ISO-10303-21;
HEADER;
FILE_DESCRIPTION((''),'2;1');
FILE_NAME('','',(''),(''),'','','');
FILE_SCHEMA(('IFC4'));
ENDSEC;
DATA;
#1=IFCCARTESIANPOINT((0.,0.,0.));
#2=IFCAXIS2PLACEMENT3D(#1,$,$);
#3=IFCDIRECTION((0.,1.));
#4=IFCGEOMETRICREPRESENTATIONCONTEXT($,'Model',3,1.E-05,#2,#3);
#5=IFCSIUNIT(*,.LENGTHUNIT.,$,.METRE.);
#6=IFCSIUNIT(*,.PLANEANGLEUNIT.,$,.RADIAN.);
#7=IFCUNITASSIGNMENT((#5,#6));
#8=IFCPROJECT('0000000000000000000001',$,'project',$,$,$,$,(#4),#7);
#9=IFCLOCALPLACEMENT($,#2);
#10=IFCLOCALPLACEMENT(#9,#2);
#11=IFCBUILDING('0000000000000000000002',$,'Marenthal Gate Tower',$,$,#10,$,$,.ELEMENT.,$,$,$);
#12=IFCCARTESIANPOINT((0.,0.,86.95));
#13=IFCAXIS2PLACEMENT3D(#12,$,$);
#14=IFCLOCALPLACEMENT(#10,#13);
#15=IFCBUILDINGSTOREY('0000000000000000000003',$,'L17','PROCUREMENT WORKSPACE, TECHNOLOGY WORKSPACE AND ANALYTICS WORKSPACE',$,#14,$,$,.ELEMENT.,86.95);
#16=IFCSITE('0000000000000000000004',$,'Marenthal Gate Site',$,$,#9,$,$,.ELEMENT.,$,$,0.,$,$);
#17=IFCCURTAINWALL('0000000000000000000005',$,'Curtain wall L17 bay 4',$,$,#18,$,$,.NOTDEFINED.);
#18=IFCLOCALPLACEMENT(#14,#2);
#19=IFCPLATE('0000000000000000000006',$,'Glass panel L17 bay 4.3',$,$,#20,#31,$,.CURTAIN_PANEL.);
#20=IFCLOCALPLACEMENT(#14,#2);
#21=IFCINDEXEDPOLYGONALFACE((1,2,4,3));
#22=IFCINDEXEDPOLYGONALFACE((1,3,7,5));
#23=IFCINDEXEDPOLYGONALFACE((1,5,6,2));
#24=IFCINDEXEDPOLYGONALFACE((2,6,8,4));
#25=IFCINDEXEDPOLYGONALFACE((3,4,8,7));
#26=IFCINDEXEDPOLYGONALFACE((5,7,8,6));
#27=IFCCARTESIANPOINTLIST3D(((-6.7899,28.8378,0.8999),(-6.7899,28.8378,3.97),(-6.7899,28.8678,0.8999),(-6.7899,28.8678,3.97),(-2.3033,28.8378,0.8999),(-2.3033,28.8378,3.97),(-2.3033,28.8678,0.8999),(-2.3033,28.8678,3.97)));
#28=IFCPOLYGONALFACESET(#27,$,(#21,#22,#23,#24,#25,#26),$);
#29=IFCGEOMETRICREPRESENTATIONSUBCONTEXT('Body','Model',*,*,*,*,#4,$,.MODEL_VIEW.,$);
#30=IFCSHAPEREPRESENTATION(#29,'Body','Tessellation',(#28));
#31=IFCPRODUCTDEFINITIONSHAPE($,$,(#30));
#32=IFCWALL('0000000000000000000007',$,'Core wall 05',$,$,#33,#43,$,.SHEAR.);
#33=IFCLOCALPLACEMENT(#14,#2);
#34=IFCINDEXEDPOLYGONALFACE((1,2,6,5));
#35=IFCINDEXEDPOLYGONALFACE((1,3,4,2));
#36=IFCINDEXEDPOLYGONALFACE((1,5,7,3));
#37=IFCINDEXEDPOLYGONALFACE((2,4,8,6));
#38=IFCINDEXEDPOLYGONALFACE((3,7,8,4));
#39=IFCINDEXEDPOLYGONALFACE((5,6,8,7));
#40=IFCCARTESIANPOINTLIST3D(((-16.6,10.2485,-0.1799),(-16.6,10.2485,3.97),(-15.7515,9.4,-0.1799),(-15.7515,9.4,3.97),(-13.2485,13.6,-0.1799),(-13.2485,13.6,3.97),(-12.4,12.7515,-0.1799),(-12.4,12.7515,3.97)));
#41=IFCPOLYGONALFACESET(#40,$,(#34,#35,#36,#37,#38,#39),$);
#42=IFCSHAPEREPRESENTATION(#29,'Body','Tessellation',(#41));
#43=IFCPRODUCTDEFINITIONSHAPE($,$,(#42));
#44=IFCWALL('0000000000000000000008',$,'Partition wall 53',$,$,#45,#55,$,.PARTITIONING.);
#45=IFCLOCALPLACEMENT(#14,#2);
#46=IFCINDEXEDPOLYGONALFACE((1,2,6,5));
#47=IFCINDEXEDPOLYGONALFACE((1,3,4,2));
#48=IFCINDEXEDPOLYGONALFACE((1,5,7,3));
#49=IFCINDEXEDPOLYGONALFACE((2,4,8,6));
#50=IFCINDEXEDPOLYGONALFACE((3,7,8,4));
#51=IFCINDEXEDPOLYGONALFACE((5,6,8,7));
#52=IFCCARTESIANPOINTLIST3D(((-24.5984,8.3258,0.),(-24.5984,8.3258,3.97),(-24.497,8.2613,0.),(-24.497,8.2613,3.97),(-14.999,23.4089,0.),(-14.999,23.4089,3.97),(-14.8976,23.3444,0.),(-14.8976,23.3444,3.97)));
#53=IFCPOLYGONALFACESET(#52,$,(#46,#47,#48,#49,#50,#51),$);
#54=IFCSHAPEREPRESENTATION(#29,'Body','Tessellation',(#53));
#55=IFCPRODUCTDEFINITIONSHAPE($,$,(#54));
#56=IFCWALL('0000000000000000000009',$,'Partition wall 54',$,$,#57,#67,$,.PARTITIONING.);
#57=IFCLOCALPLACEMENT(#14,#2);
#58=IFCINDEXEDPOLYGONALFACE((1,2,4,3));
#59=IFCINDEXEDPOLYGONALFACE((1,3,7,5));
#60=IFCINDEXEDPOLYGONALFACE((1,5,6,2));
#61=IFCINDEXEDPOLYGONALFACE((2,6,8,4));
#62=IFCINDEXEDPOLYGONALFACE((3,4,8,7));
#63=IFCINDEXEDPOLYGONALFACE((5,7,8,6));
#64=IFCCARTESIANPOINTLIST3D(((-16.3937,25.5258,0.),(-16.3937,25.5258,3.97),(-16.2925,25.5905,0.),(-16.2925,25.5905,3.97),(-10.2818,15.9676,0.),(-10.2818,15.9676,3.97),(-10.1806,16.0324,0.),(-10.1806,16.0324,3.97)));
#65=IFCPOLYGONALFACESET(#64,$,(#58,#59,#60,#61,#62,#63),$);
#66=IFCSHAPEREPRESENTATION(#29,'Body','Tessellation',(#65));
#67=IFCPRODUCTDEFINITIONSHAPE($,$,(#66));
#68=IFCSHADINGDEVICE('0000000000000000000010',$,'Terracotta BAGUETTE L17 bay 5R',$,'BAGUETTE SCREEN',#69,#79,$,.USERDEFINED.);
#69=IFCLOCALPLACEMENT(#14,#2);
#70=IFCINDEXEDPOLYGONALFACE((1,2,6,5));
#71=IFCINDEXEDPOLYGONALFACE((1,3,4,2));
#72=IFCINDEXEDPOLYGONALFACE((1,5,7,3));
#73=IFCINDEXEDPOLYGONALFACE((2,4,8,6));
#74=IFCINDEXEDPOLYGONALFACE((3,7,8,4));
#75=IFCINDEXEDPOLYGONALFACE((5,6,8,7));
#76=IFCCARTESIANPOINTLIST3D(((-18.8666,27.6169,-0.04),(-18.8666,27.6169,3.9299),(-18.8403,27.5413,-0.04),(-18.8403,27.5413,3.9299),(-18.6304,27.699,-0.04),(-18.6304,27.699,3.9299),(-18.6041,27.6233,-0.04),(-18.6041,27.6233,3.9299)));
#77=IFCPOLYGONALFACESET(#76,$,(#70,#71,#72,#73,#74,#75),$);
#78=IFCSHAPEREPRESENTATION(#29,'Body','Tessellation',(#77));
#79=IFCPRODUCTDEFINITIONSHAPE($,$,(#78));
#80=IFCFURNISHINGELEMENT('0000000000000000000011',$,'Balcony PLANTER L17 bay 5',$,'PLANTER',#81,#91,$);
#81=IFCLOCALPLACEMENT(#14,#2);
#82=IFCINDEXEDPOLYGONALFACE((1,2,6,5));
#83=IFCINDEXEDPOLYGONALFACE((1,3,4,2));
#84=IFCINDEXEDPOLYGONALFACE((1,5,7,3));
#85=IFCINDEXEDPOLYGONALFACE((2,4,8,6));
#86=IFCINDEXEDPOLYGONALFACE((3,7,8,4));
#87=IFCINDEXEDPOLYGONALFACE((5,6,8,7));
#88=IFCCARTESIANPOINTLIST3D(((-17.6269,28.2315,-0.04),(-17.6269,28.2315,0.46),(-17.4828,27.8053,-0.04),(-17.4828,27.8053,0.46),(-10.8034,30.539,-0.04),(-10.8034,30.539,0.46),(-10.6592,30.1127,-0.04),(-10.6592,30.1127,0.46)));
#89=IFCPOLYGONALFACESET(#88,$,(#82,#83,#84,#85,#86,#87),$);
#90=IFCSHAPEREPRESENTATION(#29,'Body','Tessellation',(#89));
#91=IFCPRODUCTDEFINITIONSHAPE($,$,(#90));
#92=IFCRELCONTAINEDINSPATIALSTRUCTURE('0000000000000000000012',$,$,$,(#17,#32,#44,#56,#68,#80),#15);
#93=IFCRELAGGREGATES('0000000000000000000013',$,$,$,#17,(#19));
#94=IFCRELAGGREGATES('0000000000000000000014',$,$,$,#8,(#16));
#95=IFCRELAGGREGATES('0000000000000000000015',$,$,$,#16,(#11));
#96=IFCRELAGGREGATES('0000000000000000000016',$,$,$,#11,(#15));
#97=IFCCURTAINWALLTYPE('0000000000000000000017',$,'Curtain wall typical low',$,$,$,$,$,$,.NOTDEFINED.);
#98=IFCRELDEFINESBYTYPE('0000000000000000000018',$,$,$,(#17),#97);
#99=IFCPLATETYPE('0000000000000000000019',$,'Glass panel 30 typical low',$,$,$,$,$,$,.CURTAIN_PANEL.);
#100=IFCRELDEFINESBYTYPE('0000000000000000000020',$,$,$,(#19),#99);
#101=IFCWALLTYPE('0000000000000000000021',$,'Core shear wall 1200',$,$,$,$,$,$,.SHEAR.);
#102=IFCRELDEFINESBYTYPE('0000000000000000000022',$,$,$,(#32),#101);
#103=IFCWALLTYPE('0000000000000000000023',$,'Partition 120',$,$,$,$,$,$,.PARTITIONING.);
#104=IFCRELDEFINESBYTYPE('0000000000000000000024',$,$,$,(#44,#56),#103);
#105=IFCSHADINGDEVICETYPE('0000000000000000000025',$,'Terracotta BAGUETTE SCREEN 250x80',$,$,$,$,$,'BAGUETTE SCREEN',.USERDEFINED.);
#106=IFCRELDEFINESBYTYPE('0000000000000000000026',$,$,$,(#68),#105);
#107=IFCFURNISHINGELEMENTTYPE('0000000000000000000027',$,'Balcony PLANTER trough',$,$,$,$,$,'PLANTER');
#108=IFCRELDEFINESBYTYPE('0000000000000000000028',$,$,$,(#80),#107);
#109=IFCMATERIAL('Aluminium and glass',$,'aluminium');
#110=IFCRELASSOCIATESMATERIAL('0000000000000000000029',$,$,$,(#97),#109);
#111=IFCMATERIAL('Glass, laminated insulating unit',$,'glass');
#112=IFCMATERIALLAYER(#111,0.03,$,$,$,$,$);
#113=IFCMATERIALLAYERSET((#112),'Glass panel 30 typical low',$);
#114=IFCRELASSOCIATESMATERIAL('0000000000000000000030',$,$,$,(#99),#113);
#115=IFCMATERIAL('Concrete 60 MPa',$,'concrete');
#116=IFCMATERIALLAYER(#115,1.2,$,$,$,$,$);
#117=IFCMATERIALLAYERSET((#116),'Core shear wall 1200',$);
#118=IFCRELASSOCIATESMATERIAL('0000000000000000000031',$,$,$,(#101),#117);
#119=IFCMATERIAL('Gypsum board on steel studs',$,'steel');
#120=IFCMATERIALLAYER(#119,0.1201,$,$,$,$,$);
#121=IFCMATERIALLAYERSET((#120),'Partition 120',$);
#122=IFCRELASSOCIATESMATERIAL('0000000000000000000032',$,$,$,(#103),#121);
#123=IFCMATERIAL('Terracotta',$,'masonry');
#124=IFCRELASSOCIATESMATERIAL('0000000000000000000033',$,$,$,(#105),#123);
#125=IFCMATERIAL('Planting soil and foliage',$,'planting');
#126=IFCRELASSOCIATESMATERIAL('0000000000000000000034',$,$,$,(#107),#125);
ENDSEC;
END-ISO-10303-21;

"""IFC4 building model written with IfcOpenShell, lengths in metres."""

from ifc_helpers import new_model, si_unit, direction, frame, frame_2d, origin, origin_2d, place, context, subcontext, project, spatial, rectangle, extrude, material, layer, layer_set, material_profile, profile_set, type_object, element, aggregate, save


model = new_model("IFC4")

# Units and contexts
model_context = context("Model", 3, precision=1e-05, world=origin(), true_north=direction((0.0, 1.0)))
body_context = subcontext(model_context, "Body", "Model", "MODEL_VIEW")
ifc_project = project(units=[si_unit("LENGTHUNIT", "METRE"), si_unit("PLANEANGLEUNIT", "RADIAN")], contexts=[model_context])

# Site, building, storey
site_placement = place(None, origin())
site = spatial("IfcSite", under=ifc_project, at=site_placement, Name="Marenthal Gate Site", CompositionType="ELEMENT", RefElevation=0.0)
building_placement = place(site_placement, origin())
building = spatial("IfcBuilding", under=site, at=building_placement, Name="Marenthal Gate Tower", CompositionType="ELEMENT")
storey_placement = place(building_placement, frame((0.0, 0.0, 86.95)))
storey = spatial("IfcBuildingStorey", under=building, at=storey_placement, Name="L17", Description="PROCUREMENT WORKSPACE, TECHNOLOGY WORKSPACE AND ANALYTICS WORKSPACE", CompositionType="ELEMENT", Elevation=86.95)

# Curtain wall
ifc_material_1 = material(Name="Aluminium and glass", Category="aluminium")
curtain_wall_type = type_object("IfcCurtainWallType", Name="Curtain wall typical low", PredefinedType="NOTDEFINED", material=ifc_material_1)
curtain_wall_placement = place(storey_placement, origin())
curtain_wall = element("IfcCurtainWall", 1, at=curtain_wall_placement, inside=storey, type_object=curtain_wall_type, Name="Curtain wall L17 bay 4", PredefinedType="NOTDEFINED")

# Plate
ifc_material_2 = material(Name="Glass, laminated insulating unit", Category="glass")
ifc_layer_1 = layer(ifc_material_2, 0.03)
ifc_layer_set_1 = layer_set([ifc_layer_1], Name="Glass panel 30 typical low")
plate_type = type_object("IfcPlateType", Name="Glass panel 30 typical low", PredefinedType="CURTAIN_PANEL", material=ifc_layer_set_1)
plate_placement = place(storey_placement, frame((-4.5466, 28.8528, 0.8999), z_axis=(0.0, 0.0, 1.0), x_axis=(-1.0, 0.0, 0.0)))
plate = element("IfcPlate", 2, at=plate_placement, type_object=plate_type, Name="Glass panel L17 bay 4.3", PredefinedType="CURTAIN_PANEL", context=body_context, shape_type="SweptSolid", body=[
    extrude(rectangle(XDim=4.4866, YDim=0.03, at=origin_2d()), origin(), (0.0, 0.0, 1.0), 3.0701),
])
aggregate(curtain_wall, [plate])

# Walls
ifc_material_3 = material(Name="Concrete 60 MPa", Category="concrete")
ifc_layer_2 = layer(ifc_material_3, 1.2)
ifc_layer_set_2 = layer_set([ifc_layer_2], Name="Core shear wall 1200")
wall_type_1 = type_object("IfcWallType", Name="Core shear wall 1200", PredefinedType="SHEAR", material=ifc_layer_set_2)
wall_1_placement = place(storey_placement, frame((-12.8242, 13.1758, -0.1799), z_axis=(0.0, 0.0, 1.0), x_axis=(-0.707107, -0.707107, 0.0)))
element("IfcWall", 3, at=wall_1_placement, inside=storey, type_object=wall_type_1, Name="Core wall 05", PredefinedType="SHEAR", context=body_context, shape_type="SweptSolid", body=[
    extrude(rectangle(XDim=4.7397, YDim=1.2, at=frame_2d((2.3699, 0.0))), origin(), (0.0, 0.0, 1.0), 4.1499),
])
ifc_material_4 = material(Name="Gypsum board on steel studs", Category="steel")
ifc_layer_3 = layer(ifc_material_4, 0.1201)
ifc_layer_set_3 = layer_set([ifc_layer_3], Name="Partition 120")
wall_type_2 = type_object("IfcWallType", Name="Partition 120", PredefinedType="PARTITIONING", material=ifc_layer_set_3)
wall_2_placement = place(storey_placement, frame((-14.9482, 23.3767, 0.0), z_axis=(0.0, 0.0, 1.0), x_axis=(-0.536919, -0.843634, 0.0)))
element("IfcWall", 4, at=wall_2_placement, inside=storey, type_object=wall_type_2, Name="Partition wall 53", PredefinedType="PARTITIONING", context=body_context, shape_type="SweptSolid", body=[
    extrude(rectangle(XDim=17.8787, YDim=0.1201, at=frame_2d((8.9395, 0.0))), origin(), (0.0, 0.0, 1.0), 3.97),
])
wall_3_placement = place(storey_placement, frame((-10.2312, 16.0, 0.0), z_axis=(0.0, 0.0, 1.0), x_axis=(-0.538718, 0.842486, 0.0)))
element("IfcWall", 5, at=wall_3_placement, inside=storey, type_object=wall_type_2, Name="Partition wall 54", PredefinedType="PARTITIONING", context=body_context, shape_type="SweptSolid", body=[
    extrude(rectangle(XDim=11.3452, YDim=0.1201, at=frame_2d((5.6726, 0.0))), origin(), (0.0, 0.0, 1.0), 3.97),
])

# Shading device
ifc_material_5 = material(Name="Terracotta", Category="masonry")
ifc_material_profile_1 = material_profile(ifc_material_5, rectangle(XDim=0.25, YDim=0.0801, at=origin_2d()), Name="Terracotta baguette 250x80")
ifc_profile_set_1 = profile_set([ifc_material_profile_1], Name="Terracotta")
shading_device_type = type_object("IfcShadingDeviceType", Name="Terracotta BAGUETTE SCREEN 250x80", ElementType="BAGUETTE SCREEN", PredefinedType="USERDEFINED", material=ifc_profile_set_1)
shading_device_placement = place(storey_placement, frame((-18.7354, 27.6201, -0.04), z_axis=(0.0, 0.0, 1.0), x_axis=(-0.944634, -0.328125, 0.0)))
element("IfcShadingDevice", 6, at=shading_device_placement, inside=storey, type_object=shading_device_type, Name="Terracotta BAGUETTE L17 bay 5R", ObjectType="BAGUETTE SCREEN", PredefinedType="USERDEFINED", context=body_context, shape_type="SweptSolid", body=[
    extrude(rectangle(XDim=0.25, YDim=0.0801, at=origin_2d()), origin(), (0.0, 0.0, 1.0), 3.97),
])

# Furnishing element
ifc_material_6 = material(Name="Planting soil and foliage", Category="planting")
furnishing_element_type = type_object("IfcFurnishingElementType", Name="Balcony PLANTER trough", ElementType="PLANTER", material=ifc_material_6)
furnishing_placement = place(storey_placement, frame((-14.1431, 29.1721, -0.04), z_axis=(0.0, 0.0, 1.0), x_axis=(-0.947302, -0.320343, 0.0)))
element("IfcFurnishingElement", 7, at=furnishing_placement, inside=storey, type_object=furnishing_element_type, Name="Balcony PLANTER L17 bay 5", ObjectType="PLANTER", context=body_context, shape_type="SweptSolid", body=[
    extrude(rectangle(XDim=7.2031, YDim=0.45, at=origin_2d()), origin(), (0.0, 0.0, 1.0), 0.5),
])

save(model, "model.ifc")
